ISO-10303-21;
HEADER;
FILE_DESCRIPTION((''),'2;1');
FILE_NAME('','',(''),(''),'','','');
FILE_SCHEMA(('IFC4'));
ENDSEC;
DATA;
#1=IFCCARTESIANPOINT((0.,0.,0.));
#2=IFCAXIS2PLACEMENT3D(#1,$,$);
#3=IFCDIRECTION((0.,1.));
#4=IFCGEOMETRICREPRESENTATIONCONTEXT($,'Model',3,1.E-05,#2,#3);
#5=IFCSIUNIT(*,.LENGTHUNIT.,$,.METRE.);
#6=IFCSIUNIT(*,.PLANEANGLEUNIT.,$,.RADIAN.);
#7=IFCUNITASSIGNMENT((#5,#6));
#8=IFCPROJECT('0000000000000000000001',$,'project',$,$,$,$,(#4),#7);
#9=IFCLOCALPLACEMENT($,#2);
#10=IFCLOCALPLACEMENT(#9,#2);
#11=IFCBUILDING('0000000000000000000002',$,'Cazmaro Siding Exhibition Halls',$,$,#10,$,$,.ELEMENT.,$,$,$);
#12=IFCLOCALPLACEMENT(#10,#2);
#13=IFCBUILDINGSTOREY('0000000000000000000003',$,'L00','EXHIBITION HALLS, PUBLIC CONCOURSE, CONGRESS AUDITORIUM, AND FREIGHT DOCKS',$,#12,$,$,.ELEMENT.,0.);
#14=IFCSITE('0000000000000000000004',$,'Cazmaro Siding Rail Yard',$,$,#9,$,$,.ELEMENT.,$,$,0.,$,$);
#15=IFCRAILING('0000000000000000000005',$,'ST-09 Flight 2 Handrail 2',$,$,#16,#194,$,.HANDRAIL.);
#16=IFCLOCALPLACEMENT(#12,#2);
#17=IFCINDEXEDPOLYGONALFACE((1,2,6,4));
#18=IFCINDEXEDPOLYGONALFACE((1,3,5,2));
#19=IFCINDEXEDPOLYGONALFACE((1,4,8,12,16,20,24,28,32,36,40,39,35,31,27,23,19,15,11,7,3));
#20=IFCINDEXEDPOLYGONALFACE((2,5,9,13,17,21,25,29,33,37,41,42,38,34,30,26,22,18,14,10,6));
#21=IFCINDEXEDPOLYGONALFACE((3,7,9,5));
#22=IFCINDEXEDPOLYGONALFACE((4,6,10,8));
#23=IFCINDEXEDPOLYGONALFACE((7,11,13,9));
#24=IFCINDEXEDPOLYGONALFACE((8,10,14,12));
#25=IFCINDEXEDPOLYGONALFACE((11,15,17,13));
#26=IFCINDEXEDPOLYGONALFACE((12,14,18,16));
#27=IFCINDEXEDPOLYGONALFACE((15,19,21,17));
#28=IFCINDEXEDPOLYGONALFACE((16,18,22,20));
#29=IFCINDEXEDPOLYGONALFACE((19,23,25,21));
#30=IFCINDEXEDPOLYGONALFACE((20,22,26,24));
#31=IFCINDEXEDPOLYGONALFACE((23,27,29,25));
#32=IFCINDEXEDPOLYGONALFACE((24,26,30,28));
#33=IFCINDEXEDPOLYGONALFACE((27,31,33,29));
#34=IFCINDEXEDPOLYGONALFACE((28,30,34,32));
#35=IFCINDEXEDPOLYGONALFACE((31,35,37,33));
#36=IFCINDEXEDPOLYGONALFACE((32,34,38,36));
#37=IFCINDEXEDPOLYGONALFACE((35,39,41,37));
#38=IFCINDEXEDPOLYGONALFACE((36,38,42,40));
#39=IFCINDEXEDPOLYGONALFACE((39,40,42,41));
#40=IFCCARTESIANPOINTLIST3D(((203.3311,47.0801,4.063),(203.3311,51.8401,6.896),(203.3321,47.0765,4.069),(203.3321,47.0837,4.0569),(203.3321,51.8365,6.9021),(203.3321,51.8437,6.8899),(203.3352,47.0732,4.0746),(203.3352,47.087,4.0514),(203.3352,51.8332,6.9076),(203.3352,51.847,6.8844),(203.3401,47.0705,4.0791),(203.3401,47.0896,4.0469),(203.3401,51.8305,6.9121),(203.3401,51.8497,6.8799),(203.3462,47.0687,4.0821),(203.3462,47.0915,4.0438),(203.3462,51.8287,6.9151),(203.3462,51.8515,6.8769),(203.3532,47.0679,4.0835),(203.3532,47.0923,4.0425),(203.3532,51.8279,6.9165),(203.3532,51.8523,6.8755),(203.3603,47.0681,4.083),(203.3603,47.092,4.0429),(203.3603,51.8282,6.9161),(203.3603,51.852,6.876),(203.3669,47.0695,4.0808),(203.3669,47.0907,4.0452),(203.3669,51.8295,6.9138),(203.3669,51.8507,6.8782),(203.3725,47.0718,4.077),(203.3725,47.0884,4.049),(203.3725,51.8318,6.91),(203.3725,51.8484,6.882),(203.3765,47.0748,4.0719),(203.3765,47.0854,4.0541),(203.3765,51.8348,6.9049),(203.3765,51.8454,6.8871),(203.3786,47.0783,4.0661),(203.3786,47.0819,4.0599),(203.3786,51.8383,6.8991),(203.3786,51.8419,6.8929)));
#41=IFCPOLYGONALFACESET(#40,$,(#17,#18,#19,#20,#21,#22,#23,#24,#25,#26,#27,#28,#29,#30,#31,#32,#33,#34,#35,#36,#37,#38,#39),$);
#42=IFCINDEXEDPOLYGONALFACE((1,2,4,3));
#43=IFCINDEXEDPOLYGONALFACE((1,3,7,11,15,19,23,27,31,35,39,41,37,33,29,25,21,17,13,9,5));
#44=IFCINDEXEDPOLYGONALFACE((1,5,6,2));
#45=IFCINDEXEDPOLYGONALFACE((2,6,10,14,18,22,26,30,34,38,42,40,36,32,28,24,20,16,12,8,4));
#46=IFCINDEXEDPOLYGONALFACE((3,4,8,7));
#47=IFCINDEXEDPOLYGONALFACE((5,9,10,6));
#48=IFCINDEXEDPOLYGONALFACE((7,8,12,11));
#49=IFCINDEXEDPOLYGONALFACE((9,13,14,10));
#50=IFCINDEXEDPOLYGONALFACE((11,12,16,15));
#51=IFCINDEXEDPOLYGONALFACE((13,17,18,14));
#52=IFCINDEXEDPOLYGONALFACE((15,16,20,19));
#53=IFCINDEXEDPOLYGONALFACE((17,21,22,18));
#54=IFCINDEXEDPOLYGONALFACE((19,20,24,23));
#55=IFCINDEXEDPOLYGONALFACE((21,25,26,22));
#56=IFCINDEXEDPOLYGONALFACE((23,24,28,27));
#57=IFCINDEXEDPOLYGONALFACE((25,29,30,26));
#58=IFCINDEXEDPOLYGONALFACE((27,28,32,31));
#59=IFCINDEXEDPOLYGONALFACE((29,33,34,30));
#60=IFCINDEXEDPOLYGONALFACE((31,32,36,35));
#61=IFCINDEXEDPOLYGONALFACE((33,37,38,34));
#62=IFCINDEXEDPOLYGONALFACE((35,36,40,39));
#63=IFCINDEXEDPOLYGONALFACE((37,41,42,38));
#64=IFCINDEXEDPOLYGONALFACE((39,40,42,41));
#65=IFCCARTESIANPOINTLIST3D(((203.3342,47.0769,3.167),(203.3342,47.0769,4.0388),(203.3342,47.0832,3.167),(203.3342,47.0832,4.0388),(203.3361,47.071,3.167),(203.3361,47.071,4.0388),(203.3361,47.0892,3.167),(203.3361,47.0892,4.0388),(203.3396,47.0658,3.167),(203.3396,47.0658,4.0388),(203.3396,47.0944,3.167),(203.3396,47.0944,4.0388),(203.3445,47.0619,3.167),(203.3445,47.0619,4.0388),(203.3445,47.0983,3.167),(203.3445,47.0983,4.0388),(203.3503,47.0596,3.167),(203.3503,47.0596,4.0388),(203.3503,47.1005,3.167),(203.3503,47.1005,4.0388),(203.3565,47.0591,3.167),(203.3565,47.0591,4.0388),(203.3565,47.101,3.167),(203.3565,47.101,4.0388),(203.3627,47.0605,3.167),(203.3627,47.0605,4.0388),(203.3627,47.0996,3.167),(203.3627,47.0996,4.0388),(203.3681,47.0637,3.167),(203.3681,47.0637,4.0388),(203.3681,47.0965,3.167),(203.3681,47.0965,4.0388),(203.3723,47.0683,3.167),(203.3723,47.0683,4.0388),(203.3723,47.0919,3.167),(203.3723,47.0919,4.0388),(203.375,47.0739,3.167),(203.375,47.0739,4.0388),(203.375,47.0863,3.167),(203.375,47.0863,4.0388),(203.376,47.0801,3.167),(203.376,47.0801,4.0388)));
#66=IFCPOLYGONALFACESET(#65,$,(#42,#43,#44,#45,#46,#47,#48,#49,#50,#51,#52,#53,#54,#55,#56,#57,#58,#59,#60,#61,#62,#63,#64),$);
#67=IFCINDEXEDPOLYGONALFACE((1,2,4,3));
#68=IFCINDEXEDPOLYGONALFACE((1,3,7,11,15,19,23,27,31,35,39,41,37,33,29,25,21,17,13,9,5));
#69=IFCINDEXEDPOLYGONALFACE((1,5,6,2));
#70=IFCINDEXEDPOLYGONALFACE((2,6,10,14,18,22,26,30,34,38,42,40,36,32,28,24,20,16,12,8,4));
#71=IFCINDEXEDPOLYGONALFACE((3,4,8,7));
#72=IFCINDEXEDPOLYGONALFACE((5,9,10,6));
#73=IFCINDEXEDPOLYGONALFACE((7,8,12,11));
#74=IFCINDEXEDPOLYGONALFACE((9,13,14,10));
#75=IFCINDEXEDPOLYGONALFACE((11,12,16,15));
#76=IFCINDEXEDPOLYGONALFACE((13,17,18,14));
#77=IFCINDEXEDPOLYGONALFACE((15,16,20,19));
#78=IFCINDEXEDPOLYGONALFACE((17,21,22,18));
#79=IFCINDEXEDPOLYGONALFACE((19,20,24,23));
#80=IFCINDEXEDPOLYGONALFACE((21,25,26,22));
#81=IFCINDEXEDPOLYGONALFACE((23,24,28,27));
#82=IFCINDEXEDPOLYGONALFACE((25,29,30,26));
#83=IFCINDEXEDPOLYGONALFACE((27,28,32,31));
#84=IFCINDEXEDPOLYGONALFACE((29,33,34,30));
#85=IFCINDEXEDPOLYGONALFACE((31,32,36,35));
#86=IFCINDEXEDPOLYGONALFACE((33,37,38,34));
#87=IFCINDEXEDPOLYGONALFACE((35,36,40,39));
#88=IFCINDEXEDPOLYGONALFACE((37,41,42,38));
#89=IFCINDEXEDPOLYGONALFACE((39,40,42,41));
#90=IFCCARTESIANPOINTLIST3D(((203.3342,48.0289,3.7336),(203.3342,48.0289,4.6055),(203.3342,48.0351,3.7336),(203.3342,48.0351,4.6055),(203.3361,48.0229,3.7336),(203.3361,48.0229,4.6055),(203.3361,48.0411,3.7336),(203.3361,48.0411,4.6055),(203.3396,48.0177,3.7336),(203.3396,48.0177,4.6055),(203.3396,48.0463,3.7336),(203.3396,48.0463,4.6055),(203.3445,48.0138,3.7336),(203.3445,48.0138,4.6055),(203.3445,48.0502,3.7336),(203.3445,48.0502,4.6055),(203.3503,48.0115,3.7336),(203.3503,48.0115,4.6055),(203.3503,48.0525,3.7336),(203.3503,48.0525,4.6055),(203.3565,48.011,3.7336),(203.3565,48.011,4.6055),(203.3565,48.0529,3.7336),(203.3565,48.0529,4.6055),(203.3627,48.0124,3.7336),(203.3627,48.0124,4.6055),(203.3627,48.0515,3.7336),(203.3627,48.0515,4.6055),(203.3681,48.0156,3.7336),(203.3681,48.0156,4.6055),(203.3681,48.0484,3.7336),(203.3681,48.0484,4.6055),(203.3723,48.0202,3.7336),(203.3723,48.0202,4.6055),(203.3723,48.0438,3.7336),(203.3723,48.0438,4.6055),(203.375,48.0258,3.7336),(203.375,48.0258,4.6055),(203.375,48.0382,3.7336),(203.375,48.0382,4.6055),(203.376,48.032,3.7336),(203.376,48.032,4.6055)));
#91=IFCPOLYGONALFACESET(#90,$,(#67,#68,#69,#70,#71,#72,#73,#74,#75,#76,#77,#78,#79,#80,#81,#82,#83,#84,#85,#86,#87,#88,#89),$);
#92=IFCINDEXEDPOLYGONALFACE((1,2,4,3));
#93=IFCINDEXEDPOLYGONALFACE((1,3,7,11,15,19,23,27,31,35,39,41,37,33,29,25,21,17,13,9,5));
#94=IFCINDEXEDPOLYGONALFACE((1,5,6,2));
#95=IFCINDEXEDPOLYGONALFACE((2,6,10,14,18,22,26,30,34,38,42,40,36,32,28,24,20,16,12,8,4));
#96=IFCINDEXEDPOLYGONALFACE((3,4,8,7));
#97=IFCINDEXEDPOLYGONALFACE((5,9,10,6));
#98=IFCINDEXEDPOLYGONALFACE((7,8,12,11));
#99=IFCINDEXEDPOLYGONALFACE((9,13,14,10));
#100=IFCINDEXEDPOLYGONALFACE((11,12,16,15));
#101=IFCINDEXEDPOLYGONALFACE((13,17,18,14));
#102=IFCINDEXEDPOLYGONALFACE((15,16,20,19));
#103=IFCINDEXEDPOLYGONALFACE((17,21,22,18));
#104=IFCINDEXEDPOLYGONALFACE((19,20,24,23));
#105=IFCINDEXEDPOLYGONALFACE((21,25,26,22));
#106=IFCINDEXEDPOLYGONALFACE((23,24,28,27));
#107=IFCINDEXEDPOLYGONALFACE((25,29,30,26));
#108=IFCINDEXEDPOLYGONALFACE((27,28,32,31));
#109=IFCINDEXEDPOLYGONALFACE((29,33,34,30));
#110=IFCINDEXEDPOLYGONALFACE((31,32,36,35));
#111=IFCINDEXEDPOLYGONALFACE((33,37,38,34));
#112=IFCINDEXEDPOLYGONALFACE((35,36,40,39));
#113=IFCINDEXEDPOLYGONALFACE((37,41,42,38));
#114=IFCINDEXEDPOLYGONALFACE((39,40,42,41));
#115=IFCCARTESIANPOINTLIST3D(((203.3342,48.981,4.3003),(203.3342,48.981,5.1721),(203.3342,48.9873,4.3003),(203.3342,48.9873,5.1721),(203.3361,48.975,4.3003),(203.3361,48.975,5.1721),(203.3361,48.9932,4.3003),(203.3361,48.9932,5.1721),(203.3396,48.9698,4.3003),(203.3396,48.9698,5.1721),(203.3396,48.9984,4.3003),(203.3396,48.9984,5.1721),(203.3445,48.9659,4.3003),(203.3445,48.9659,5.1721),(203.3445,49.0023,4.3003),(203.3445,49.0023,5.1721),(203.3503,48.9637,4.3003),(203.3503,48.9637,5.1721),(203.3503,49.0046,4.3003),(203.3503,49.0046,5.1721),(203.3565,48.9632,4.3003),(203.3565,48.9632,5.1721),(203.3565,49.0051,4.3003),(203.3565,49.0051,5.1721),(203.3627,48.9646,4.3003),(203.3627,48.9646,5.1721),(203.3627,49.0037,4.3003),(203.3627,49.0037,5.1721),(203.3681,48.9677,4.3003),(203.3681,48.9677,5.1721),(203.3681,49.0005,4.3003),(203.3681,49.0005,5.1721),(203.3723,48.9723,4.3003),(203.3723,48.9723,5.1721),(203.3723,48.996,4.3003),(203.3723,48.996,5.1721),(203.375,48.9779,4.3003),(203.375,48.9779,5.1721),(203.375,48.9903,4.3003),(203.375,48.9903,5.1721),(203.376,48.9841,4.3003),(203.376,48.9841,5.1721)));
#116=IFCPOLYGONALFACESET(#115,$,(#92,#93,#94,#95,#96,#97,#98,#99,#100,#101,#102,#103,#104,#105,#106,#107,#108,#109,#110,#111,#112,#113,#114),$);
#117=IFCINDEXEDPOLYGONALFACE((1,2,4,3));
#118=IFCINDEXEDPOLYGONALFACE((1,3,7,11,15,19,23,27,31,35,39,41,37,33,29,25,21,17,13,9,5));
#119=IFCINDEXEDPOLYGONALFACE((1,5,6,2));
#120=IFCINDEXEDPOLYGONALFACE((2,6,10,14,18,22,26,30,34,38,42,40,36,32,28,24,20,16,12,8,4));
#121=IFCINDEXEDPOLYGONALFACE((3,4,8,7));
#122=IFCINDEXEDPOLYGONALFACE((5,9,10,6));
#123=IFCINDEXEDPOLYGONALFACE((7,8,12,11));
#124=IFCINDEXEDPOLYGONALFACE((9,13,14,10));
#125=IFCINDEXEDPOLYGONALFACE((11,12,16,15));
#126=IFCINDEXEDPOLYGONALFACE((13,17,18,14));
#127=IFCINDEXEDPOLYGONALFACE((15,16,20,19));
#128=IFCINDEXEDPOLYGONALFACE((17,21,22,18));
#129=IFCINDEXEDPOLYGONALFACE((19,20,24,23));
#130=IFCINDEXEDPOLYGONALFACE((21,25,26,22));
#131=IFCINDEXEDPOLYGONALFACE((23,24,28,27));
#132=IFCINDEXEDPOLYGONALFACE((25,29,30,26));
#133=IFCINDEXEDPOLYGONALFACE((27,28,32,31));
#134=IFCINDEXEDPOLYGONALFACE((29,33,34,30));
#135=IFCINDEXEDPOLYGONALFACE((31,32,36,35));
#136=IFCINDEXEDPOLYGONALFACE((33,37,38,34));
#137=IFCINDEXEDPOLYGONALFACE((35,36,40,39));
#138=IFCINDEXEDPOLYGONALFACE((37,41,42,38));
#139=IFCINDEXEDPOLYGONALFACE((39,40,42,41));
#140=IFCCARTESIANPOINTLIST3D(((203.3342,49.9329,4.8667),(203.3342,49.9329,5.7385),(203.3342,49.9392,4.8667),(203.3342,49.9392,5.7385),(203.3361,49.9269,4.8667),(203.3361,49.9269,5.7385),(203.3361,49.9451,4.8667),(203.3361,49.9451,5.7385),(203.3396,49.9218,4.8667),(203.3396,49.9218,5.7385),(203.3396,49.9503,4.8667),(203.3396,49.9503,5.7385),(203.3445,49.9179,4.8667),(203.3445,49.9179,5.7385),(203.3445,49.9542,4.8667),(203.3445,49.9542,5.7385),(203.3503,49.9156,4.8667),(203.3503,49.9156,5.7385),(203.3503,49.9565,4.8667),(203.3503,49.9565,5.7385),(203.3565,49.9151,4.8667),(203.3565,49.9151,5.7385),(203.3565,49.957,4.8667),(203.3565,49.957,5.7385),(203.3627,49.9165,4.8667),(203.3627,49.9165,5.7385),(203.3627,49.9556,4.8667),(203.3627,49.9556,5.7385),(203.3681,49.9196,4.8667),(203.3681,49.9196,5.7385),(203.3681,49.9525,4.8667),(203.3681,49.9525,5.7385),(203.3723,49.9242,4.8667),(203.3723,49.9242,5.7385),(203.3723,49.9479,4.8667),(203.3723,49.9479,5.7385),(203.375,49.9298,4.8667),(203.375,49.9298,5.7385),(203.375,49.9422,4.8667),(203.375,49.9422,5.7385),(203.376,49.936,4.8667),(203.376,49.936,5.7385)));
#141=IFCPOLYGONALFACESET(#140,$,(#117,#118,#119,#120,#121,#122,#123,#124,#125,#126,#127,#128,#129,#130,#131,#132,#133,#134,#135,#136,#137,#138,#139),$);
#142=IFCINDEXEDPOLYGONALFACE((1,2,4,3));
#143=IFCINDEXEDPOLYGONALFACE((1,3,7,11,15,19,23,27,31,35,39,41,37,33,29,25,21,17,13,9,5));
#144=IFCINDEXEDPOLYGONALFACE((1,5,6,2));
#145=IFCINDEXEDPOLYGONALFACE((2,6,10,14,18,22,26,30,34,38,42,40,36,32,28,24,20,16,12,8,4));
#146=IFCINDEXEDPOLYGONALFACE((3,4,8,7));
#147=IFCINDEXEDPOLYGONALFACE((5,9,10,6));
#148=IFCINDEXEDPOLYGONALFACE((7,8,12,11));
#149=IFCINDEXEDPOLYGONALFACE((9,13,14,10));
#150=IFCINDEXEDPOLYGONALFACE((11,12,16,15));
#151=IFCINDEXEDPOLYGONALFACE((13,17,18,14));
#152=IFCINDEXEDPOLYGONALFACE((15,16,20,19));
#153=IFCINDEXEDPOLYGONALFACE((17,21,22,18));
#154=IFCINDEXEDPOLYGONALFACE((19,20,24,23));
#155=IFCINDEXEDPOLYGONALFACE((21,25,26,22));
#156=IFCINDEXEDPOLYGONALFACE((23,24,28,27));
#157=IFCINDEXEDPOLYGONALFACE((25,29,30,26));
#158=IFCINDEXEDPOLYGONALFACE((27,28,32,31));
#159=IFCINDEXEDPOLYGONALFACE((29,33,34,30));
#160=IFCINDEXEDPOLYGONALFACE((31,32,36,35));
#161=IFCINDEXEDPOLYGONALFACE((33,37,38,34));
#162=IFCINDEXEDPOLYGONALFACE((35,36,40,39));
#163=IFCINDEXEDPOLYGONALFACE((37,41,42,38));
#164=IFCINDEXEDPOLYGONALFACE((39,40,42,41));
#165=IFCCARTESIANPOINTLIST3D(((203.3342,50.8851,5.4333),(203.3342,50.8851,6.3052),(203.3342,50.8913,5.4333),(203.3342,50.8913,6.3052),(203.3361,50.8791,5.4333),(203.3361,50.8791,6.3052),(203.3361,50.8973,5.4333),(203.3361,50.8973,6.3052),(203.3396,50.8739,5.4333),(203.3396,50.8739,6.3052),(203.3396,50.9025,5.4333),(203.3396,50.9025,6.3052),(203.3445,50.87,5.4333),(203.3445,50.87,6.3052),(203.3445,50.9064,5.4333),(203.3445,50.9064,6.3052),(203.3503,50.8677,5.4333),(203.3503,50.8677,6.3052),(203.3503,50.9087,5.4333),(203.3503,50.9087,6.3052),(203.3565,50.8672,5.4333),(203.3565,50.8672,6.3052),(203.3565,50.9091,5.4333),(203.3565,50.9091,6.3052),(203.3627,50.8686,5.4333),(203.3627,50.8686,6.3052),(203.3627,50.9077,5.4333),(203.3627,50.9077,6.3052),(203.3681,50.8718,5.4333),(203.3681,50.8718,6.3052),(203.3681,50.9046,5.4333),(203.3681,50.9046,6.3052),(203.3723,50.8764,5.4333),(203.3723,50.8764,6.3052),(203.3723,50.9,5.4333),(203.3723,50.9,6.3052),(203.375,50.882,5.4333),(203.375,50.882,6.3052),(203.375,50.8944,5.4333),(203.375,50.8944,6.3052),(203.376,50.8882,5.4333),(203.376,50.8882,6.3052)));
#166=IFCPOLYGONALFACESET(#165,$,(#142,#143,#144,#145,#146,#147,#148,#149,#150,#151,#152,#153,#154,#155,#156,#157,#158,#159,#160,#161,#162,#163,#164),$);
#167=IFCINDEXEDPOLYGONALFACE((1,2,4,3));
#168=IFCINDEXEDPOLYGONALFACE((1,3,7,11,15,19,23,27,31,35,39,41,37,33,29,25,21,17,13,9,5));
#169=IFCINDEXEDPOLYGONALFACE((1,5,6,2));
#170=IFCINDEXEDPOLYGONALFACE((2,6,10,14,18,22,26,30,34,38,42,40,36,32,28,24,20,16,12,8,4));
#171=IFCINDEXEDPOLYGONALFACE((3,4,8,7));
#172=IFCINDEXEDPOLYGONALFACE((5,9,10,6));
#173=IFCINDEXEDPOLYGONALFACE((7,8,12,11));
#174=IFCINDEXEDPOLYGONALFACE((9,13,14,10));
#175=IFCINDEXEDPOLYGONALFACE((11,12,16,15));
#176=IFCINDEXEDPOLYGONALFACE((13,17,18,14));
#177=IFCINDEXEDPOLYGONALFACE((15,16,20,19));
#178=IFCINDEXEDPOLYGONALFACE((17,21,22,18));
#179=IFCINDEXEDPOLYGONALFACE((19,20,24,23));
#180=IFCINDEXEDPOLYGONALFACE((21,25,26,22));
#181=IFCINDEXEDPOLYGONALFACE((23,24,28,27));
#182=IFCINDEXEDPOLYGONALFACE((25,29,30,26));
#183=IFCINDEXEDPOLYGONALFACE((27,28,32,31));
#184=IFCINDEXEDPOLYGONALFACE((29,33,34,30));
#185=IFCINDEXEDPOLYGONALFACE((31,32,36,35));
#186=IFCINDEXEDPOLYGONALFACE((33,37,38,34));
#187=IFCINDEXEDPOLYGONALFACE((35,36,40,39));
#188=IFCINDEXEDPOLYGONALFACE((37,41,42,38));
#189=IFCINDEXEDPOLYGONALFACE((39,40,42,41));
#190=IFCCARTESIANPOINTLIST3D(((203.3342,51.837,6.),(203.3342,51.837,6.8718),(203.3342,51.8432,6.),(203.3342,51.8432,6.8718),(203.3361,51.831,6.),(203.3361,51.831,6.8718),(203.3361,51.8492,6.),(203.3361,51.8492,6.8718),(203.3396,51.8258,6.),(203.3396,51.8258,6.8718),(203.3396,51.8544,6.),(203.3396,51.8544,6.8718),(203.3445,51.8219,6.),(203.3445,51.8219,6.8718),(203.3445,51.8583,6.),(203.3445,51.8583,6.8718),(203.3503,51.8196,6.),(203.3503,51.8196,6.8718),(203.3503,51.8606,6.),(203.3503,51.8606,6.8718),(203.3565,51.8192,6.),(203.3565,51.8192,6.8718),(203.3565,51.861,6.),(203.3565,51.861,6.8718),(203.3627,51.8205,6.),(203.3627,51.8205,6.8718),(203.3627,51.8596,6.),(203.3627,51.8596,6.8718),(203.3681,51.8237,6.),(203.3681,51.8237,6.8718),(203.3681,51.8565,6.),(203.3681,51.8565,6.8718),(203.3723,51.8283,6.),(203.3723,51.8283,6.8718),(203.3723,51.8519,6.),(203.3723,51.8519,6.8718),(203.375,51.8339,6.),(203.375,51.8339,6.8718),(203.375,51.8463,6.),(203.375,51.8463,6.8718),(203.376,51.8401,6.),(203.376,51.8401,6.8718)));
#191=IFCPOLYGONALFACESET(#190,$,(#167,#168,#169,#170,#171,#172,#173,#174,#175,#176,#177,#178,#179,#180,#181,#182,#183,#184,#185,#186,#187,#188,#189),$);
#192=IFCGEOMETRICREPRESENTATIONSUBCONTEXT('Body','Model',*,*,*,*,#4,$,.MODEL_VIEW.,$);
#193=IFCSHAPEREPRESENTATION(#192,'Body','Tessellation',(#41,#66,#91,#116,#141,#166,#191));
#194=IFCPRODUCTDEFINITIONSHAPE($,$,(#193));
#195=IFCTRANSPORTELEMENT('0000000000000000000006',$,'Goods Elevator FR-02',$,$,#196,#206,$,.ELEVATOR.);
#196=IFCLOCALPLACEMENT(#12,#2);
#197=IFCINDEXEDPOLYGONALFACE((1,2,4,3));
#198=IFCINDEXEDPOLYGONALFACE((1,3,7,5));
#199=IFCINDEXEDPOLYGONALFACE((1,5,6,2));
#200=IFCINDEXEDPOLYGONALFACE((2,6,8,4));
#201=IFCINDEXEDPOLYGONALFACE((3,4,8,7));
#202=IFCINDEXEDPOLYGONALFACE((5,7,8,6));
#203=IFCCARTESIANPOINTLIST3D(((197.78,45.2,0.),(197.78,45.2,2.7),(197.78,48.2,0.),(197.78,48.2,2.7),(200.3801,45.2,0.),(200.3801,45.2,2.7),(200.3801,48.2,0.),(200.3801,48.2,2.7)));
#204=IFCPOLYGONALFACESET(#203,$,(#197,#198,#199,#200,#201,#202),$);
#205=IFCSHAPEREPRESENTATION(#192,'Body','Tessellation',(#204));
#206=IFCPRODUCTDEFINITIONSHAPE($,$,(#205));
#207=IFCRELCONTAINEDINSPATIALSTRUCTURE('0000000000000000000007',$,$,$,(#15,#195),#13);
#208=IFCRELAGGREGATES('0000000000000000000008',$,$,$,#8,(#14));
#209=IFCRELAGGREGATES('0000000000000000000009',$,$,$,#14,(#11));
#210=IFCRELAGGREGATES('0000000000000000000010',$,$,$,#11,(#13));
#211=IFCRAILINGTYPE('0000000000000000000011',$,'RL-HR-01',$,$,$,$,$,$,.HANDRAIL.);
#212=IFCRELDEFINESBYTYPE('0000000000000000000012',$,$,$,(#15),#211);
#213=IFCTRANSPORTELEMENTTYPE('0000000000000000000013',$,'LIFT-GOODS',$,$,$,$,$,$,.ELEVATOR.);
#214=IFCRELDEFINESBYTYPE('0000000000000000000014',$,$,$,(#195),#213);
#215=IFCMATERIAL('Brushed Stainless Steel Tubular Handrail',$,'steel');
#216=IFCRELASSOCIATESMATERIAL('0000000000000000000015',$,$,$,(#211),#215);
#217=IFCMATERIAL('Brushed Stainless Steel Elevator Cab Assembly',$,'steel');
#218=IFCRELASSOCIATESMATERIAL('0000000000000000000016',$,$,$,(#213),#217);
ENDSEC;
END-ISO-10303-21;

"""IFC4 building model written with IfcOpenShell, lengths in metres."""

from ifc_helpers import new_model, si_unit, direction, frame, origin, origin_2d, place, context, subcontext, project, spatial, rectangle, circle, extrude, material, type_object, element, save


model = new_model("IFC4")

# Units and contexts
model_context = context("Model", 3, precision=1e-05, world=origin(), true_north=direction((0.0, 1.0)))
body_context = subcontext(model_context, "Body", "Model", "MODEL_VIEW")
ifc_project = project(units=[si_unit("LENGTHUNIT", "METRE"), si_unit("PLANEANGLEUNIT", "RADIAN")], contexts=[model_context])

# Site, building, storey
site_placement = place(None, origin())
site = spatial("IfcSite", under=ifc_project, at=site_placement, Name="Cazmaro Siding Rail Yard", CompositionType="ELEMENT", RefElevation=0.0)
building_placement = place(site_placement, origin())
building = spatial("IfcBuilding", under=site, at=building_placement, Name="Cazmaro Siding Exhibition Halls", CompositionType="ELEMENT")
storey_placement = place(building_placement, origin())
storey = spatial("IfcBuildingStorey", under=building, at=storey_placement, Name="L00", Description="EXHIBITION HALLS, PUBLIC CONCOURSE, CONGRESS AUDITORIUM, AND FREIGHT DOCKS", CompositionType="ELEMENT", Elevation=0.0)

# Railing
ifc_material_1 = material(Name="Brushed Stainless Steel Tubular Handrail", Category="steel")
railing_type_1 = type_object("IfcRailingType", Name="RL-HR-01", PredefinedType="HANDRAIL", material=ifc_material_1)
for number, where, name in (
    (1, (203.355, 47.0801, 3.167), "ST-09 Flight 2 Handrail 2"),
):
    element("IfcRailing", number, at=place(storey_placement, frame(where)), inside=storey, type_object=railing_type_1, Name=name, PredefinedType="HANDRAIL", context=body_context, shape_type="SweptSolid", body=[
        extrude(circle(Radius=0.0239, at=origin_2d()), frame((0.0, 0.0, 0.896), z_axis=(0.0, 0.859319, 0.51144), x_axis=(-1.0, 0.0, 0.0)), (0.0, 0.0, 1.0), 5.5393),
        extrude(circle(Radius=0.021, at=origin_2d()), origin(), (0.0, 0.0, 1.0), 0.8718),
        extrude(circle(Radius=0.021, at=origin_2d()), frame((0.0, 0.9519, 0.5667)), (0.0, 0.0, 1.0), 0.8718),
        extrude(circle(Radius=0.021, at=origin_2d()), frame((0.0, 1.9041, 1.1333)), (0.0, 0.0, 1.0), 0.8718),
        extrude(circle(Radius=0.021, at=origin_2d()), frame((0.0, 2.856, 1.6997)), (0.0, 0.0, 1.0), 0.8718),
        extrude(circle(Radius=0.021, at=origin_2d()), frame((0.0, 3.8081, 2.2664)), (0.0, 0.0, 1.0), 0.8718),
        extrude(circle(Radius=0.021, at=origin_2d()), frame((0.0, 4.76, 2.833)), (0.0, 0.0, 1.0), 0.8718),
    ])

# Transport element
ifc_material_2 = material(Name="Brushed Stainless Steel Elevator Cab Assembly", Category="steel")
transport_element_type = type_object("IfcTransportElementType", Name="LIFT-GOODS", PredefinedType="ELEVATOR", material=ifc_material_2)
transport_element_placement = place(storey_placement, frame((199.0801, 46.7, 0.0), z_axis=(0.0, 0.0, 1.0), x_axis=(1.0, 0.0, 0.0)))
element("IfcTransportElement", 2, at=transport_element_placement, inside=storey, type_object=transport_element_type, Name="Goods Elevator FR-02", PredefinedType="ELEVATOR", context=body_context, shape_type="SweptSolid", body=[
    extrude(rectangle(XDim=2.6001, YDim=3.0, at=origin_2d()), origin(), (0.0, 0.0, 1.0), 2.7),
])

save(model, "model.ifc")
